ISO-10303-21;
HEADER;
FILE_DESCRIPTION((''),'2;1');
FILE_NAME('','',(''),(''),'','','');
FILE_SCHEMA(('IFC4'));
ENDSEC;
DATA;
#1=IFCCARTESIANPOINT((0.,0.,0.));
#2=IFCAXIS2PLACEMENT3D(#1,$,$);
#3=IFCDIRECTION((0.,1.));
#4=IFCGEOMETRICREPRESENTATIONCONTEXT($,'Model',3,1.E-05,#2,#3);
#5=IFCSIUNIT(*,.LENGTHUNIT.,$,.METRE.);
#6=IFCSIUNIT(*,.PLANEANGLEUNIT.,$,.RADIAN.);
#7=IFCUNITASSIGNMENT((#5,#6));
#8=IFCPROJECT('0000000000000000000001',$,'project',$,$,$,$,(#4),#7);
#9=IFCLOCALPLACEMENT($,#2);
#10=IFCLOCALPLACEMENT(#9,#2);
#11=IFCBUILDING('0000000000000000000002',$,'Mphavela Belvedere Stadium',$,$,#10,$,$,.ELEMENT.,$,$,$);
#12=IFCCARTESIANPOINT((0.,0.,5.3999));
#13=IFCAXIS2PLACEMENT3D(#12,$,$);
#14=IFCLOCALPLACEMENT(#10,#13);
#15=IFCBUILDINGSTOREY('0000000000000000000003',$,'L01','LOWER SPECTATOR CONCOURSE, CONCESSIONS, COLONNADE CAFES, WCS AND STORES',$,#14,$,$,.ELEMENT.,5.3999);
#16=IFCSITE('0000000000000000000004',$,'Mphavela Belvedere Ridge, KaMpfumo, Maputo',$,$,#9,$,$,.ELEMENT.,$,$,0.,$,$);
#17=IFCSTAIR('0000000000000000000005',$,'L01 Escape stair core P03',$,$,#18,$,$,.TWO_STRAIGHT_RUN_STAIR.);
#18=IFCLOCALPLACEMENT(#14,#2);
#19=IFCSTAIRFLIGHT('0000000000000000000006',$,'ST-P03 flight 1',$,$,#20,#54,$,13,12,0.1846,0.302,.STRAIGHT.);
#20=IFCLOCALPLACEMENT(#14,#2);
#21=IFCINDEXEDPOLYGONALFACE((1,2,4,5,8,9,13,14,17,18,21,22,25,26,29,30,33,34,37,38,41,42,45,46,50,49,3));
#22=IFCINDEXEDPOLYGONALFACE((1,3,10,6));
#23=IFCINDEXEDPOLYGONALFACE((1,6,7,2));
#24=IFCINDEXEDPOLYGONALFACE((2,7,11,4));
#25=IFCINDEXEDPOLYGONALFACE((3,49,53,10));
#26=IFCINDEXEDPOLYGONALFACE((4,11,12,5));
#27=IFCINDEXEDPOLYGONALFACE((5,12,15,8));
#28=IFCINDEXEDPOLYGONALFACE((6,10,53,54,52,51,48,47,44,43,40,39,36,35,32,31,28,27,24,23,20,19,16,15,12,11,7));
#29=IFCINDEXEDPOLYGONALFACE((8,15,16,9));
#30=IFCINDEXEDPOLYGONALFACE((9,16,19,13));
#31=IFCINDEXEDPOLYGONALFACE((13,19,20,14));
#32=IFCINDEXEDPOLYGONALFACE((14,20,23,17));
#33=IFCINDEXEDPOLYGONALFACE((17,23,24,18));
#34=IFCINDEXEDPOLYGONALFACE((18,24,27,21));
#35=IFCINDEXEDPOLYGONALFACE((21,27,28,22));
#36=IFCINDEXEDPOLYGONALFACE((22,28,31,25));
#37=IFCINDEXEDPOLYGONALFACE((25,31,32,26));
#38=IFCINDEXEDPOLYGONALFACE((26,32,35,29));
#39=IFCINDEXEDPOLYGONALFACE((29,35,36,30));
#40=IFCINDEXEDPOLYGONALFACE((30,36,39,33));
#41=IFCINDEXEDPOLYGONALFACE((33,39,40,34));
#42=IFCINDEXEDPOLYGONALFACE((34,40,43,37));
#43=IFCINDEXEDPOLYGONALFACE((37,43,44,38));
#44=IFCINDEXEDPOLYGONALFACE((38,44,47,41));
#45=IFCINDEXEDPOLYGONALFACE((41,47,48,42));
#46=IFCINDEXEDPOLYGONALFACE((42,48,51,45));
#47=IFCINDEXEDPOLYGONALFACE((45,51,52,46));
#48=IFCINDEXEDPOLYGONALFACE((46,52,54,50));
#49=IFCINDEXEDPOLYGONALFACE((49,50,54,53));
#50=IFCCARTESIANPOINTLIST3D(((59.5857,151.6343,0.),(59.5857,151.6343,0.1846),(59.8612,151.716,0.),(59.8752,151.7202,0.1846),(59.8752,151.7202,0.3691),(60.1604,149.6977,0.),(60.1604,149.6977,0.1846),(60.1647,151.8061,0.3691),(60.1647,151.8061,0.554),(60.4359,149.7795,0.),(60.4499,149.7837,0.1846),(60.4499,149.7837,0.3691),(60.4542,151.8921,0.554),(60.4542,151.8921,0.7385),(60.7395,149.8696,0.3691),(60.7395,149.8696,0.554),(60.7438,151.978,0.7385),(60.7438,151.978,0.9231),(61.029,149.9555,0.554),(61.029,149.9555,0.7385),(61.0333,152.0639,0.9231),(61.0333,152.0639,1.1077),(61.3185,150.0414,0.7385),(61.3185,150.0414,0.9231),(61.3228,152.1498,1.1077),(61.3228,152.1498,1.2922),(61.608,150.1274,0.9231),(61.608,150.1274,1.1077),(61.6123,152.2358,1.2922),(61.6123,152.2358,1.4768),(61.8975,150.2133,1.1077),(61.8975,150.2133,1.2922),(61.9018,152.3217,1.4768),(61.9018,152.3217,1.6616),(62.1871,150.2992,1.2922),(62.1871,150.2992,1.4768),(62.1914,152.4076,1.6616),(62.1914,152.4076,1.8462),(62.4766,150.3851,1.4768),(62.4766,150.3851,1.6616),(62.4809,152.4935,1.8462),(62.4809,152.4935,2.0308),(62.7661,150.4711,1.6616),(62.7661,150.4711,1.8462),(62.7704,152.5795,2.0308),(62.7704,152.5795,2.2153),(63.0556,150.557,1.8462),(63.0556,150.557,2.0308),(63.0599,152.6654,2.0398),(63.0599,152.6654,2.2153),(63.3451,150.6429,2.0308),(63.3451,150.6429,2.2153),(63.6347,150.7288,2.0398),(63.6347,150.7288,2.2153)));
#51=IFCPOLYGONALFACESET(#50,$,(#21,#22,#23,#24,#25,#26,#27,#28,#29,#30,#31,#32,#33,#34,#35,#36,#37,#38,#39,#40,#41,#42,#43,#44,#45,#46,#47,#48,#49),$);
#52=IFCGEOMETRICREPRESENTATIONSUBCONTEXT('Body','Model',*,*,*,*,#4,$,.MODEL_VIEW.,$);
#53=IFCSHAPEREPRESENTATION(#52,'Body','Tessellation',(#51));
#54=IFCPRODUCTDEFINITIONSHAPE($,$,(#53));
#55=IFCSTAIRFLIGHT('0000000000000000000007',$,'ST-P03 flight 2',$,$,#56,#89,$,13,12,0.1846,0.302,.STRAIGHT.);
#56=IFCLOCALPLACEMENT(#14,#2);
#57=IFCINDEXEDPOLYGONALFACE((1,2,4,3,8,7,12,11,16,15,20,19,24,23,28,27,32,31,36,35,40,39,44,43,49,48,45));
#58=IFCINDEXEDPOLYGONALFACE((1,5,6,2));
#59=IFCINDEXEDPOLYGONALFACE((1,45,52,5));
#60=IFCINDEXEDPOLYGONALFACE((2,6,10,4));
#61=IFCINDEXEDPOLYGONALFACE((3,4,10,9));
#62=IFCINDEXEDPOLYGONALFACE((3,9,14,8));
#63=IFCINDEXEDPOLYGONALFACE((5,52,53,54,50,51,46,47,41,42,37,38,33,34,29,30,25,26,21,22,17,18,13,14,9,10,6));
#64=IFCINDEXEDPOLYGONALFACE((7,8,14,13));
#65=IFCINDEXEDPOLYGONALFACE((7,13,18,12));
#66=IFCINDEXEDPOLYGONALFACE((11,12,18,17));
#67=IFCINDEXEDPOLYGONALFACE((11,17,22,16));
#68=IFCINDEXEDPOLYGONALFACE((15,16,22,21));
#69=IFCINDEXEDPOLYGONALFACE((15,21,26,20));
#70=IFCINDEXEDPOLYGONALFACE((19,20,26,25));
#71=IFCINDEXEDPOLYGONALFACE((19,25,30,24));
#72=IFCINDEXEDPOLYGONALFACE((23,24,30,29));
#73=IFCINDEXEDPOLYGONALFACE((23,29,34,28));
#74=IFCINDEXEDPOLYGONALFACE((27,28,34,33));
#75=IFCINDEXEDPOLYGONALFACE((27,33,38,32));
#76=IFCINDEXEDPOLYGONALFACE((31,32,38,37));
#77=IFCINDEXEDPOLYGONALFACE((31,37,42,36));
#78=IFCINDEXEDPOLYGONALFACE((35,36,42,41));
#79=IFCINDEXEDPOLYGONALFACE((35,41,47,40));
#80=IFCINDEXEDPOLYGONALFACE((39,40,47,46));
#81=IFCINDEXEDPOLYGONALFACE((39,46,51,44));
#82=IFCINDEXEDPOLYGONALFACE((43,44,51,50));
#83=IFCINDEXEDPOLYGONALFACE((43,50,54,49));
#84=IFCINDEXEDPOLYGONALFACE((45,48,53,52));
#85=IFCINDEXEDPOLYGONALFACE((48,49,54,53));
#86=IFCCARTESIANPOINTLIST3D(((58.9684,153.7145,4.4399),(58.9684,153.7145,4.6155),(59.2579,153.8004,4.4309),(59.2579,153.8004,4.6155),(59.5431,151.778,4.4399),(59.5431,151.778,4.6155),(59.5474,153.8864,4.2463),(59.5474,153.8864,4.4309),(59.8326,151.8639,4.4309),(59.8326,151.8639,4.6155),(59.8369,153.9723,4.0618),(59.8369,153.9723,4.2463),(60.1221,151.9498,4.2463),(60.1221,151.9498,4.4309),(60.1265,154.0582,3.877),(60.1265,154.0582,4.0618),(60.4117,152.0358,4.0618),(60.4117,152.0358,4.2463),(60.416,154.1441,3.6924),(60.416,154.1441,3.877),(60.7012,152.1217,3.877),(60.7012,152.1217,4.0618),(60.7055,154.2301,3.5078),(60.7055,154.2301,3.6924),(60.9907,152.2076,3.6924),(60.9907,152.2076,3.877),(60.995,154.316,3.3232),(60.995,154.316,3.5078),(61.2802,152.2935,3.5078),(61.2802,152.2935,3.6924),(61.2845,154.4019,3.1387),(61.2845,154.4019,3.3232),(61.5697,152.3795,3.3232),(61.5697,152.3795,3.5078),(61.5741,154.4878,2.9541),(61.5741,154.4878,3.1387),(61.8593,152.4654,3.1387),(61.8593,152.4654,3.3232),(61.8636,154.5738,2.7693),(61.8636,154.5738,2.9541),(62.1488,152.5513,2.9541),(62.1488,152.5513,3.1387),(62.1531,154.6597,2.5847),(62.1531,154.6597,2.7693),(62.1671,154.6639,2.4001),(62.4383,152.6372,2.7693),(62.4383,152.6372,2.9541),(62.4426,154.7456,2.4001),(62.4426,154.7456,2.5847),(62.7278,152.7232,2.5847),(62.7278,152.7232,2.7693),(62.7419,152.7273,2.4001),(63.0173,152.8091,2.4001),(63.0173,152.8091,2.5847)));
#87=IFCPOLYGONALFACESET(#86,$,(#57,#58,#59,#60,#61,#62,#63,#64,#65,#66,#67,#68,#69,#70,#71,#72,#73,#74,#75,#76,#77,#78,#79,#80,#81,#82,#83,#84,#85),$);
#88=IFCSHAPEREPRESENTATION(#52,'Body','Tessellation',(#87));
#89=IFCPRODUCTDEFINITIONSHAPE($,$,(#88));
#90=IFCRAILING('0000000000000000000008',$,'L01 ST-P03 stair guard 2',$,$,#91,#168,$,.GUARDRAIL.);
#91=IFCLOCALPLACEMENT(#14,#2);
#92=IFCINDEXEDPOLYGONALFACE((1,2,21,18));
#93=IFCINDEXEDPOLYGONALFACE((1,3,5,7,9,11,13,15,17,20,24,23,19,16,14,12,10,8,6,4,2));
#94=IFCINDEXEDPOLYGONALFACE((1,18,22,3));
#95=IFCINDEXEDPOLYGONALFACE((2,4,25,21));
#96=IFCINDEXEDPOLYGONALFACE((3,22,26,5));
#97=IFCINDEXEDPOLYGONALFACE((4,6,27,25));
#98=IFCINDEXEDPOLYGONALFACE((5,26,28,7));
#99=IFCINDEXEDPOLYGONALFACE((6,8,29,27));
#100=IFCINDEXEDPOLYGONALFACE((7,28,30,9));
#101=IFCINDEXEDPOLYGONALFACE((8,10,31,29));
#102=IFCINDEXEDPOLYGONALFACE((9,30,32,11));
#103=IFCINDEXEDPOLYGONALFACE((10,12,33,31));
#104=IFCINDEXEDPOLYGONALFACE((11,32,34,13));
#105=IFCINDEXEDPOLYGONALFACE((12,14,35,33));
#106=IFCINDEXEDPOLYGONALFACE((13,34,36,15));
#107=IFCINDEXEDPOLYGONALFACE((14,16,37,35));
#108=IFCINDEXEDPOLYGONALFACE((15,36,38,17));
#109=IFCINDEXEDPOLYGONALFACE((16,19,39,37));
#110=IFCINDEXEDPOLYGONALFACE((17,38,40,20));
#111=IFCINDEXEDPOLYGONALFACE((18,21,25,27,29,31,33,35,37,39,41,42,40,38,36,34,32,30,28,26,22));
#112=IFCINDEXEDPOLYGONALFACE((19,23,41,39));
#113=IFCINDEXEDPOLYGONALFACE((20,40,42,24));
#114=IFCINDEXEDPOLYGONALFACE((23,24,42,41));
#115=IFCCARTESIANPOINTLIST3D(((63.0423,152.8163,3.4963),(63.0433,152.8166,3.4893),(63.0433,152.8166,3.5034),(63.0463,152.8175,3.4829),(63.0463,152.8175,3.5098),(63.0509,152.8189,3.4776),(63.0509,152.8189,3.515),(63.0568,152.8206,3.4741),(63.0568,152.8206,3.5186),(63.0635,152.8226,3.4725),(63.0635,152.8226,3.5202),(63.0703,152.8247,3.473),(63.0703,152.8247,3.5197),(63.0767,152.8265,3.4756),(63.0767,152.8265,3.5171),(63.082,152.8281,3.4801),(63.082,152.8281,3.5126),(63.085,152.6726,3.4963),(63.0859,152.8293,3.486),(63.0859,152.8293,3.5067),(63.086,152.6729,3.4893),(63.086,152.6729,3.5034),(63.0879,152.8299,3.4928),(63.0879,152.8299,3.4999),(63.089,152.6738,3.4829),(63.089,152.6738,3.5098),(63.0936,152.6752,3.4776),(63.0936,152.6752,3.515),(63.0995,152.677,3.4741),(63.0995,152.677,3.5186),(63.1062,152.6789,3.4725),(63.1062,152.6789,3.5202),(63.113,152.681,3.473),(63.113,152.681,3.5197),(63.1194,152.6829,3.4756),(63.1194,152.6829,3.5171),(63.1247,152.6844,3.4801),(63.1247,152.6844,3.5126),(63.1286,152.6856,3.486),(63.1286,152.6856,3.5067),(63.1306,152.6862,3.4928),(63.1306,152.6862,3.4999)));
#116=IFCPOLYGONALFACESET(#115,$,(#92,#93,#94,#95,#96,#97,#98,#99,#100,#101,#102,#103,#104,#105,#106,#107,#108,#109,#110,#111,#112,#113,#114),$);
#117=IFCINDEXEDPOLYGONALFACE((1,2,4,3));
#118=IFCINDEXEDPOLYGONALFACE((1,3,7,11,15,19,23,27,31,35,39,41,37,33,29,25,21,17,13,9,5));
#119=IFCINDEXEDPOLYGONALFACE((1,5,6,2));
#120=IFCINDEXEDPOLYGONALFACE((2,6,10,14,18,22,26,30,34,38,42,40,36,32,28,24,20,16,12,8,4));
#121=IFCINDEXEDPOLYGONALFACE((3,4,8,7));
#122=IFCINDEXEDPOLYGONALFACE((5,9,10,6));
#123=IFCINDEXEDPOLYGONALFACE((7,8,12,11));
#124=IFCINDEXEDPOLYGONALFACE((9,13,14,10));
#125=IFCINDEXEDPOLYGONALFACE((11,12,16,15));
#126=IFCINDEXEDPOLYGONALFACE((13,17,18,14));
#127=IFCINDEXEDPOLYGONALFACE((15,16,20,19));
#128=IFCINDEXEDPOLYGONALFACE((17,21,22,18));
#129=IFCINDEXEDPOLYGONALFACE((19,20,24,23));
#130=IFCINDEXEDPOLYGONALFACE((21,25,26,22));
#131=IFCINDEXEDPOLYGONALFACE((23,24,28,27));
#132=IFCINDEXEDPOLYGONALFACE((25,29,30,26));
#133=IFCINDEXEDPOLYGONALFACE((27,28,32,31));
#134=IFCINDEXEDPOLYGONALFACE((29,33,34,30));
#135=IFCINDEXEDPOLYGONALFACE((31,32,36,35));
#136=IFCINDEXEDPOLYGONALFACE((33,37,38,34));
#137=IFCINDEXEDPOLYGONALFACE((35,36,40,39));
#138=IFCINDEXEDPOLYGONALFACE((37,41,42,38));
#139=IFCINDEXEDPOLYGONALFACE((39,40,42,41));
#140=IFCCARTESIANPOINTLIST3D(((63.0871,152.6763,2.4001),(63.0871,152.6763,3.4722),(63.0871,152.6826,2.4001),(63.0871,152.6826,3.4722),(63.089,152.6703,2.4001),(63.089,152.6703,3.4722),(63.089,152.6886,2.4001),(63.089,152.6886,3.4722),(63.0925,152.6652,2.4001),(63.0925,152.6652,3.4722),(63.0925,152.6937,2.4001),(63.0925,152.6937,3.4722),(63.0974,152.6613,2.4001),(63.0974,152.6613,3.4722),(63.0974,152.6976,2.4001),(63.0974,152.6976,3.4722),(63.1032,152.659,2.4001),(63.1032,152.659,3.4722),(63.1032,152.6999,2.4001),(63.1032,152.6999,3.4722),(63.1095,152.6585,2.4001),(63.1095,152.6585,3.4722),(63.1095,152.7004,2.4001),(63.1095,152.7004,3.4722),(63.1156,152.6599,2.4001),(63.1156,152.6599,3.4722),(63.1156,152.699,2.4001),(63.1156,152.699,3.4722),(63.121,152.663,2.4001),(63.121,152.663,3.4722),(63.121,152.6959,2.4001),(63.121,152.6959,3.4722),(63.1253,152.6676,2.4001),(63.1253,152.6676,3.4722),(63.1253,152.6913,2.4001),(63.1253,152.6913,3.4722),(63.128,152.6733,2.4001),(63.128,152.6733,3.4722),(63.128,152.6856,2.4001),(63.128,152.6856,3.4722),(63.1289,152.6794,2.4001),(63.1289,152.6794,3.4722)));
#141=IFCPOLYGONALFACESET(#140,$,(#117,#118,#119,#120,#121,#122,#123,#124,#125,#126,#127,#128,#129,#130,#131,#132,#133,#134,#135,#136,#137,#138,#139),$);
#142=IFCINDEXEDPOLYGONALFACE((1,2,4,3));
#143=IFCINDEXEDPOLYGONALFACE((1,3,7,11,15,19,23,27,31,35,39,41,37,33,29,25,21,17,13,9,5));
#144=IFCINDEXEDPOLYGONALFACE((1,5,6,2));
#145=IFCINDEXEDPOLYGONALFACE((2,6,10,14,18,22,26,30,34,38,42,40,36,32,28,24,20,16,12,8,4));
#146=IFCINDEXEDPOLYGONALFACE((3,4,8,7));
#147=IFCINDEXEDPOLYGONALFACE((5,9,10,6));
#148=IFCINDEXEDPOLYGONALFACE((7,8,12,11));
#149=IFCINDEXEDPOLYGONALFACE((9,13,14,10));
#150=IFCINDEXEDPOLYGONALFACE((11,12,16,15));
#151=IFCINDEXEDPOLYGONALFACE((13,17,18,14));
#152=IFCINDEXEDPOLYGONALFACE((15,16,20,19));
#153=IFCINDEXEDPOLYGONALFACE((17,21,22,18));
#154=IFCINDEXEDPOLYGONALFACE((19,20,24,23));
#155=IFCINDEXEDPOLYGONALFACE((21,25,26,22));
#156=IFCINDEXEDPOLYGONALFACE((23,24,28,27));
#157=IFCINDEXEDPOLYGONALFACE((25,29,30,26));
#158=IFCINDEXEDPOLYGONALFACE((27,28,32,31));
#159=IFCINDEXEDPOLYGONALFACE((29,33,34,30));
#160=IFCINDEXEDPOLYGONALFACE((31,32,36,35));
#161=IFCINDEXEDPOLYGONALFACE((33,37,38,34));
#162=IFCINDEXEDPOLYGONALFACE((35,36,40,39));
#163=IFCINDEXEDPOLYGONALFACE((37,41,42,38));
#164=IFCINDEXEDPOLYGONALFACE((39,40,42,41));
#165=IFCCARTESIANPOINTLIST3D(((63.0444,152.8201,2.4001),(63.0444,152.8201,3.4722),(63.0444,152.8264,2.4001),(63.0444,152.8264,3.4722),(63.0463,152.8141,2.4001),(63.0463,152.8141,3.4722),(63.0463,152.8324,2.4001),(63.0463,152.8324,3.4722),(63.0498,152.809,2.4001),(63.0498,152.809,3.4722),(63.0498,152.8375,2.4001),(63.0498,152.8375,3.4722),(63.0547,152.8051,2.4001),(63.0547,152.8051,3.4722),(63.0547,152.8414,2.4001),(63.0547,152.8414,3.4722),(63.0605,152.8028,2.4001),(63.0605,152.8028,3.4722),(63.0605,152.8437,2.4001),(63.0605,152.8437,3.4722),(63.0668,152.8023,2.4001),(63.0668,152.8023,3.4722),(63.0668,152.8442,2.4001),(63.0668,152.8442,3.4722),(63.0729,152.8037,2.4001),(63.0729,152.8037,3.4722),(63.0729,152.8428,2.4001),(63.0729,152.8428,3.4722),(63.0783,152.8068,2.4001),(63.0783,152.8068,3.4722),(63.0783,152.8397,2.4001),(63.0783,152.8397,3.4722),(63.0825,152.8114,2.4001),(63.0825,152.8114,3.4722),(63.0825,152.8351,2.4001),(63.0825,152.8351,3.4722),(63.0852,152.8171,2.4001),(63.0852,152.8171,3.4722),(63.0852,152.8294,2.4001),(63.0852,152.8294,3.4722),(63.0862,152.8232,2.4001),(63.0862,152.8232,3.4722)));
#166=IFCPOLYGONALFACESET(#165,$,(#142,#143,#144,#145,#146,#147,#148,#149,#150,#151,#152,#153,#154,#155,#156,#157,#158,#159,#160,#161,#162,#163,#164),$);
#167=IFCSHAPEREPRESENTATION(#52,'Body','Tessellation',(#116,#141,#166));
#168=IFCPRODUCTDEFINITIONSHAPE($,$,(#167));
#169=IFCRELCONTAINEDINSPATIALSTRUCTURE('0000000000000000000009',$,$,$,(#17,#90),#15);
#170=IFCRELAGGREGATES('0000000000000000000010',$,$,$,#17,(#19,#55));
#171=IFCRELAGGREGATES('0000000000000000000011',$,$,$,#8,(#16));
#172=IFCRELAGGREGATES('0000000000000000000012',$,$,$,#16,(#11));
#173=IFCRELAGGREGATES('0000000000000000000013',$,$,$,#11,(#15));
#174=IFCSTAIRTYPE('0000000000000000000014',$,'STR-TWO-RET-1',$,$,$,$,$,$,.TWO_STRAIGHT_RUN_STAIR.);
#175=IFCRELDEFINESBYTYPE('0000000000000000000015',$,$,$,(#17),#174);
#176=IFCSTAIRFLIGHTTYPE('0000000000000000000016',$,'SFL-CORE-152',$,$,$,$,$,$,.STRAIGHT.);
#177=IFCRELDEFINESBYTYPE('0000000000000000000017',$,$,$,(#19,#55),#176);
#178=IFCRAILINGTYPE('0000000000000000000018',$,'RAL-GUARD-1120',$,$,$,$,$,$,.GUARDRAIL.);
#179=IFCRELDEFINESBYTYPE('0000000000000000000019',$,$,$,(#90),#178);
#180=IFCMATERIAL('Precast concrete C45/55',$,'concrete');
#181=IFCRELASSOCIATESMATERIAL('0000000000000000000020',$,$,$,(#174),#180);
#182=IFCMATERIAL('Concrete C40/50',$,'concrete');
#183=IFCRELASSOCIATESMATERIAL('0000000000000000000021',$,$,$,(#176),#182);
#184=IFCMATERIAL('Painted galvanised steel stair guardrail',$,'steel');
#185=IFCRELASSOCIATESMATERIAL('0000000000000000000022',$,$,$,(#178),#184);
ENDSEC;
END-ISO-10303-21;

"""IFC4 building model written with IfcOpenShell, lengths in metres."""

from ifc_helpers import new_model, si_unit, direction, frame, origin, origin_2d, place, context, subcontext, project, spatial, polyline, circle, outline, extrude, material, type_object, element, aggregate, save


model = new_model("IFC4")

# Units and contexts
model_context = context("Model", 3, precision=1e-05, world=origin(), true_north=direction((0.0, 1.0)))
body_context = subcontext(model_context, "Body", "Model", "MODEL_VIEW")
ifc_project = project(units=[si_unit("LENGTHUNIT", "METRE"), si_unit("PLANEANGLEUNIT", "RADIAN")], contexts=[model_context])

# Site, building, storey
site_placement = place(None, origin())
site = spatial("IfcSite", under=ifc_project, at=site_placement, Name="Mphavela Belvedere Ridge, KaMpfumo, Maputo", CompositionType="ELEMENT", RefElevation=0.0)
building_placement = place(site_placement, origin())
building = spatial("IfcBuilding", under=site, at=building_placement, Name="Mphavela Belvedere Stadium", CompositionType="ELEMENT")
storey_placement = place(building_placement, frame((0.0, 0.0, 5.3999)))
storey = spatial("IfcBuildingStorey", under=building, at=storey_placement, Name="L01", Description="LOWER SPECTATOR CONCOURSE, CONCESSIONS, COLONNADE CAFES, WCS AND STORES", CompositionType="ELEMENT", Elevation=5.3999)

# Stair, stair flights
ifc_material_1 = material(Name="Precast concrete C45/55", Category="concrete")
stair_type = type_object("IfcStairType", Name="STR-TWO-RET-1", PredefinedType="TWO_STRAIGHT_RUN_STAIR", material=ifc_material_1)
stair_placement = place(storey_placement, origin())
stair = element("IfcStair", 1, at=stair_placement, inside=storey, type_object=stair_type, Name="L01 Escape stair core P03", PredefinedType="TWO_STRAIGHT_RUN_STAIR")
ifc_material_2 = material(Name="Concrete C40/50", Category="concrete")
stair_flight_type = type_object("IfcStairFlightType", Name="SFL-CORE-152", PredefinedType="STRAIGHT", material=ifc_material_2)
stair_flight_1_placement = place(storey_placement, frame((59.873, 150.666, 0.0), z_axis=(0.0, 0.0, 1.0), x_axis=(0.958671, 0.284517, 0.0)))
stair_flight_1 = element("IfcStairFlight", 2, at=stair_flight_1_placement, type_object=stair_flight_type, Name="ST-P03 flight 1", NumberOfRisers=13, NumberOfTreads=12, PredefinedType="STRAIGHT", RiserHeight=0.1846, TreadLength=0.302, context=body_context, shape_type="SweptSolid", body=[
    extrude(outline(polyline([(0.0, 0.0), (0.0, 0.1846), (0.302, 0.1846), (0.302, 0.3691), (0.604, 0.3691), (0.604, 0.554), (0.906, 0.554), (0.906, 0.7385), (1.208, 0.7385), (1.208, 0.9231), (1.51, 0.9231), (1.51, 1.1077), (1.812, 1.1077), (1.812, 1.2922), (2.114, 1.2922), (2.114, 1.4768), (2.416, 1.4768), (2.416, 1.6616), (2.718, 1.6616), (2.718, 1.8462), (3.02, 1.8462), (3.02, 2.0308), (3.322, 2.0308), (3.322, 2.2153), (3.624, 2.2153), (3.624, 2.3999), (3.624, 2.0398), (0.2874, 0.0), (0.0, 0.0)])), frame((0.0, 1.01, 0.0), z_axis=(0.0, -1.0, 0.0), x_axis=(1.0, 0.0, 0.0)), (0.0, 0.0, 1.0), 2.02),
])
stair_flight_2_placement = place(storey_placement, frame((62.73, 153.7773, 2.4001), z_axis=(0.0, 0.0, 1.0), x_axis=(-0.958671, -0.284517, 0.0)))
stair_flight_2 = element("IfcStairFlight", 3, at=stair_flight_2_placement, type_object=stair_flight_type, Name="ST-P03 flight 2", NumberOfRisers=13, NumberOfTreads=12, PredefinedType="STRAIGHT", RiserHeight=0.1846, TreadLength=0.302, context=body_context, shape_type="SweptSolid", body=[
    extrude(outline(polyline([(0.0, 0.0), (0.0, 0.1846), (0.302, 0.1846), (0.302, 0.3691), (0.604, 0.3691), (0.604, 0.554), (0.906, 0.554), (0.906, 0.7385), (1.208, 0.7385), (1.208, 0.9231), (1.51, 0.9231), (1.51, 1.1077), (1.812, 1.1077), (1.812, 1.2922), (2.114, 1.2922), (2.114, 1.4768), (2.416, 1.4768), (2.416, 1.6616), (2.718, 1.6616), (2.718, 1.8462), (3.02, 1.8462), (3.02, 2.0308), (3.322, 2.0308), (3.322, 2.2153), (3.624, 2.2153), (3.624, 2.3999), (3.624, 2.0398), (0.2874, 0.0), (0.0, 0.0)])), frame((0.0, 1.01, 0.0), z_axis=(0.0, -1.0, 0.0), x_axis=(1.0, 0.0, 0.0)), (0.0, 0.0, 1.0), 2.02),
])
aggregate(stair, [stair_flight_1, stair_flight_2])

# Railing
ifc_material_3 = material(Name="Painted galvanised steel stair guardrail", Category="steel")
railing_type_1 = type_object("IfcRailingType", Name="RAL-GUARD-1120", PredefinedType="GUARDRAIL", material=ifc_material_3)
railing_1_placement = place(storey_placement, frame((63.1079, 152.6794, 2.4001)))
element("IfcRailing", 4, at=railing_1_placement, inside=storey, type_object=railing_type_1, Name="L01 ST-P03 stair guard 2", PredefinedType="GUARDRAIL", context=body_context, shape_type="SweptSolid", body=[
    extrude(circle(Radius=0.0239, at=origin_2d()), frame((0.0, 0.0, 1.0962), z_axis=(-0.284809, 0.958584, 0.0), x_axis=(-0.958584, -0.284809, 0.0)), (0.0, 0.0, 1.0), 0.1499),
    extrude(circle(Radius=0.021, at=origin_2d()), origin(), (0.0, 0.0, 1.0), 1.072),
    extrude(circle(Radius=0.021, at=origin_2d()), frame((-0.0427, 0.1438, 0.0)), (0.0, 0.0, 1.0), 1.072),
])

save(model, "model.ifc")
